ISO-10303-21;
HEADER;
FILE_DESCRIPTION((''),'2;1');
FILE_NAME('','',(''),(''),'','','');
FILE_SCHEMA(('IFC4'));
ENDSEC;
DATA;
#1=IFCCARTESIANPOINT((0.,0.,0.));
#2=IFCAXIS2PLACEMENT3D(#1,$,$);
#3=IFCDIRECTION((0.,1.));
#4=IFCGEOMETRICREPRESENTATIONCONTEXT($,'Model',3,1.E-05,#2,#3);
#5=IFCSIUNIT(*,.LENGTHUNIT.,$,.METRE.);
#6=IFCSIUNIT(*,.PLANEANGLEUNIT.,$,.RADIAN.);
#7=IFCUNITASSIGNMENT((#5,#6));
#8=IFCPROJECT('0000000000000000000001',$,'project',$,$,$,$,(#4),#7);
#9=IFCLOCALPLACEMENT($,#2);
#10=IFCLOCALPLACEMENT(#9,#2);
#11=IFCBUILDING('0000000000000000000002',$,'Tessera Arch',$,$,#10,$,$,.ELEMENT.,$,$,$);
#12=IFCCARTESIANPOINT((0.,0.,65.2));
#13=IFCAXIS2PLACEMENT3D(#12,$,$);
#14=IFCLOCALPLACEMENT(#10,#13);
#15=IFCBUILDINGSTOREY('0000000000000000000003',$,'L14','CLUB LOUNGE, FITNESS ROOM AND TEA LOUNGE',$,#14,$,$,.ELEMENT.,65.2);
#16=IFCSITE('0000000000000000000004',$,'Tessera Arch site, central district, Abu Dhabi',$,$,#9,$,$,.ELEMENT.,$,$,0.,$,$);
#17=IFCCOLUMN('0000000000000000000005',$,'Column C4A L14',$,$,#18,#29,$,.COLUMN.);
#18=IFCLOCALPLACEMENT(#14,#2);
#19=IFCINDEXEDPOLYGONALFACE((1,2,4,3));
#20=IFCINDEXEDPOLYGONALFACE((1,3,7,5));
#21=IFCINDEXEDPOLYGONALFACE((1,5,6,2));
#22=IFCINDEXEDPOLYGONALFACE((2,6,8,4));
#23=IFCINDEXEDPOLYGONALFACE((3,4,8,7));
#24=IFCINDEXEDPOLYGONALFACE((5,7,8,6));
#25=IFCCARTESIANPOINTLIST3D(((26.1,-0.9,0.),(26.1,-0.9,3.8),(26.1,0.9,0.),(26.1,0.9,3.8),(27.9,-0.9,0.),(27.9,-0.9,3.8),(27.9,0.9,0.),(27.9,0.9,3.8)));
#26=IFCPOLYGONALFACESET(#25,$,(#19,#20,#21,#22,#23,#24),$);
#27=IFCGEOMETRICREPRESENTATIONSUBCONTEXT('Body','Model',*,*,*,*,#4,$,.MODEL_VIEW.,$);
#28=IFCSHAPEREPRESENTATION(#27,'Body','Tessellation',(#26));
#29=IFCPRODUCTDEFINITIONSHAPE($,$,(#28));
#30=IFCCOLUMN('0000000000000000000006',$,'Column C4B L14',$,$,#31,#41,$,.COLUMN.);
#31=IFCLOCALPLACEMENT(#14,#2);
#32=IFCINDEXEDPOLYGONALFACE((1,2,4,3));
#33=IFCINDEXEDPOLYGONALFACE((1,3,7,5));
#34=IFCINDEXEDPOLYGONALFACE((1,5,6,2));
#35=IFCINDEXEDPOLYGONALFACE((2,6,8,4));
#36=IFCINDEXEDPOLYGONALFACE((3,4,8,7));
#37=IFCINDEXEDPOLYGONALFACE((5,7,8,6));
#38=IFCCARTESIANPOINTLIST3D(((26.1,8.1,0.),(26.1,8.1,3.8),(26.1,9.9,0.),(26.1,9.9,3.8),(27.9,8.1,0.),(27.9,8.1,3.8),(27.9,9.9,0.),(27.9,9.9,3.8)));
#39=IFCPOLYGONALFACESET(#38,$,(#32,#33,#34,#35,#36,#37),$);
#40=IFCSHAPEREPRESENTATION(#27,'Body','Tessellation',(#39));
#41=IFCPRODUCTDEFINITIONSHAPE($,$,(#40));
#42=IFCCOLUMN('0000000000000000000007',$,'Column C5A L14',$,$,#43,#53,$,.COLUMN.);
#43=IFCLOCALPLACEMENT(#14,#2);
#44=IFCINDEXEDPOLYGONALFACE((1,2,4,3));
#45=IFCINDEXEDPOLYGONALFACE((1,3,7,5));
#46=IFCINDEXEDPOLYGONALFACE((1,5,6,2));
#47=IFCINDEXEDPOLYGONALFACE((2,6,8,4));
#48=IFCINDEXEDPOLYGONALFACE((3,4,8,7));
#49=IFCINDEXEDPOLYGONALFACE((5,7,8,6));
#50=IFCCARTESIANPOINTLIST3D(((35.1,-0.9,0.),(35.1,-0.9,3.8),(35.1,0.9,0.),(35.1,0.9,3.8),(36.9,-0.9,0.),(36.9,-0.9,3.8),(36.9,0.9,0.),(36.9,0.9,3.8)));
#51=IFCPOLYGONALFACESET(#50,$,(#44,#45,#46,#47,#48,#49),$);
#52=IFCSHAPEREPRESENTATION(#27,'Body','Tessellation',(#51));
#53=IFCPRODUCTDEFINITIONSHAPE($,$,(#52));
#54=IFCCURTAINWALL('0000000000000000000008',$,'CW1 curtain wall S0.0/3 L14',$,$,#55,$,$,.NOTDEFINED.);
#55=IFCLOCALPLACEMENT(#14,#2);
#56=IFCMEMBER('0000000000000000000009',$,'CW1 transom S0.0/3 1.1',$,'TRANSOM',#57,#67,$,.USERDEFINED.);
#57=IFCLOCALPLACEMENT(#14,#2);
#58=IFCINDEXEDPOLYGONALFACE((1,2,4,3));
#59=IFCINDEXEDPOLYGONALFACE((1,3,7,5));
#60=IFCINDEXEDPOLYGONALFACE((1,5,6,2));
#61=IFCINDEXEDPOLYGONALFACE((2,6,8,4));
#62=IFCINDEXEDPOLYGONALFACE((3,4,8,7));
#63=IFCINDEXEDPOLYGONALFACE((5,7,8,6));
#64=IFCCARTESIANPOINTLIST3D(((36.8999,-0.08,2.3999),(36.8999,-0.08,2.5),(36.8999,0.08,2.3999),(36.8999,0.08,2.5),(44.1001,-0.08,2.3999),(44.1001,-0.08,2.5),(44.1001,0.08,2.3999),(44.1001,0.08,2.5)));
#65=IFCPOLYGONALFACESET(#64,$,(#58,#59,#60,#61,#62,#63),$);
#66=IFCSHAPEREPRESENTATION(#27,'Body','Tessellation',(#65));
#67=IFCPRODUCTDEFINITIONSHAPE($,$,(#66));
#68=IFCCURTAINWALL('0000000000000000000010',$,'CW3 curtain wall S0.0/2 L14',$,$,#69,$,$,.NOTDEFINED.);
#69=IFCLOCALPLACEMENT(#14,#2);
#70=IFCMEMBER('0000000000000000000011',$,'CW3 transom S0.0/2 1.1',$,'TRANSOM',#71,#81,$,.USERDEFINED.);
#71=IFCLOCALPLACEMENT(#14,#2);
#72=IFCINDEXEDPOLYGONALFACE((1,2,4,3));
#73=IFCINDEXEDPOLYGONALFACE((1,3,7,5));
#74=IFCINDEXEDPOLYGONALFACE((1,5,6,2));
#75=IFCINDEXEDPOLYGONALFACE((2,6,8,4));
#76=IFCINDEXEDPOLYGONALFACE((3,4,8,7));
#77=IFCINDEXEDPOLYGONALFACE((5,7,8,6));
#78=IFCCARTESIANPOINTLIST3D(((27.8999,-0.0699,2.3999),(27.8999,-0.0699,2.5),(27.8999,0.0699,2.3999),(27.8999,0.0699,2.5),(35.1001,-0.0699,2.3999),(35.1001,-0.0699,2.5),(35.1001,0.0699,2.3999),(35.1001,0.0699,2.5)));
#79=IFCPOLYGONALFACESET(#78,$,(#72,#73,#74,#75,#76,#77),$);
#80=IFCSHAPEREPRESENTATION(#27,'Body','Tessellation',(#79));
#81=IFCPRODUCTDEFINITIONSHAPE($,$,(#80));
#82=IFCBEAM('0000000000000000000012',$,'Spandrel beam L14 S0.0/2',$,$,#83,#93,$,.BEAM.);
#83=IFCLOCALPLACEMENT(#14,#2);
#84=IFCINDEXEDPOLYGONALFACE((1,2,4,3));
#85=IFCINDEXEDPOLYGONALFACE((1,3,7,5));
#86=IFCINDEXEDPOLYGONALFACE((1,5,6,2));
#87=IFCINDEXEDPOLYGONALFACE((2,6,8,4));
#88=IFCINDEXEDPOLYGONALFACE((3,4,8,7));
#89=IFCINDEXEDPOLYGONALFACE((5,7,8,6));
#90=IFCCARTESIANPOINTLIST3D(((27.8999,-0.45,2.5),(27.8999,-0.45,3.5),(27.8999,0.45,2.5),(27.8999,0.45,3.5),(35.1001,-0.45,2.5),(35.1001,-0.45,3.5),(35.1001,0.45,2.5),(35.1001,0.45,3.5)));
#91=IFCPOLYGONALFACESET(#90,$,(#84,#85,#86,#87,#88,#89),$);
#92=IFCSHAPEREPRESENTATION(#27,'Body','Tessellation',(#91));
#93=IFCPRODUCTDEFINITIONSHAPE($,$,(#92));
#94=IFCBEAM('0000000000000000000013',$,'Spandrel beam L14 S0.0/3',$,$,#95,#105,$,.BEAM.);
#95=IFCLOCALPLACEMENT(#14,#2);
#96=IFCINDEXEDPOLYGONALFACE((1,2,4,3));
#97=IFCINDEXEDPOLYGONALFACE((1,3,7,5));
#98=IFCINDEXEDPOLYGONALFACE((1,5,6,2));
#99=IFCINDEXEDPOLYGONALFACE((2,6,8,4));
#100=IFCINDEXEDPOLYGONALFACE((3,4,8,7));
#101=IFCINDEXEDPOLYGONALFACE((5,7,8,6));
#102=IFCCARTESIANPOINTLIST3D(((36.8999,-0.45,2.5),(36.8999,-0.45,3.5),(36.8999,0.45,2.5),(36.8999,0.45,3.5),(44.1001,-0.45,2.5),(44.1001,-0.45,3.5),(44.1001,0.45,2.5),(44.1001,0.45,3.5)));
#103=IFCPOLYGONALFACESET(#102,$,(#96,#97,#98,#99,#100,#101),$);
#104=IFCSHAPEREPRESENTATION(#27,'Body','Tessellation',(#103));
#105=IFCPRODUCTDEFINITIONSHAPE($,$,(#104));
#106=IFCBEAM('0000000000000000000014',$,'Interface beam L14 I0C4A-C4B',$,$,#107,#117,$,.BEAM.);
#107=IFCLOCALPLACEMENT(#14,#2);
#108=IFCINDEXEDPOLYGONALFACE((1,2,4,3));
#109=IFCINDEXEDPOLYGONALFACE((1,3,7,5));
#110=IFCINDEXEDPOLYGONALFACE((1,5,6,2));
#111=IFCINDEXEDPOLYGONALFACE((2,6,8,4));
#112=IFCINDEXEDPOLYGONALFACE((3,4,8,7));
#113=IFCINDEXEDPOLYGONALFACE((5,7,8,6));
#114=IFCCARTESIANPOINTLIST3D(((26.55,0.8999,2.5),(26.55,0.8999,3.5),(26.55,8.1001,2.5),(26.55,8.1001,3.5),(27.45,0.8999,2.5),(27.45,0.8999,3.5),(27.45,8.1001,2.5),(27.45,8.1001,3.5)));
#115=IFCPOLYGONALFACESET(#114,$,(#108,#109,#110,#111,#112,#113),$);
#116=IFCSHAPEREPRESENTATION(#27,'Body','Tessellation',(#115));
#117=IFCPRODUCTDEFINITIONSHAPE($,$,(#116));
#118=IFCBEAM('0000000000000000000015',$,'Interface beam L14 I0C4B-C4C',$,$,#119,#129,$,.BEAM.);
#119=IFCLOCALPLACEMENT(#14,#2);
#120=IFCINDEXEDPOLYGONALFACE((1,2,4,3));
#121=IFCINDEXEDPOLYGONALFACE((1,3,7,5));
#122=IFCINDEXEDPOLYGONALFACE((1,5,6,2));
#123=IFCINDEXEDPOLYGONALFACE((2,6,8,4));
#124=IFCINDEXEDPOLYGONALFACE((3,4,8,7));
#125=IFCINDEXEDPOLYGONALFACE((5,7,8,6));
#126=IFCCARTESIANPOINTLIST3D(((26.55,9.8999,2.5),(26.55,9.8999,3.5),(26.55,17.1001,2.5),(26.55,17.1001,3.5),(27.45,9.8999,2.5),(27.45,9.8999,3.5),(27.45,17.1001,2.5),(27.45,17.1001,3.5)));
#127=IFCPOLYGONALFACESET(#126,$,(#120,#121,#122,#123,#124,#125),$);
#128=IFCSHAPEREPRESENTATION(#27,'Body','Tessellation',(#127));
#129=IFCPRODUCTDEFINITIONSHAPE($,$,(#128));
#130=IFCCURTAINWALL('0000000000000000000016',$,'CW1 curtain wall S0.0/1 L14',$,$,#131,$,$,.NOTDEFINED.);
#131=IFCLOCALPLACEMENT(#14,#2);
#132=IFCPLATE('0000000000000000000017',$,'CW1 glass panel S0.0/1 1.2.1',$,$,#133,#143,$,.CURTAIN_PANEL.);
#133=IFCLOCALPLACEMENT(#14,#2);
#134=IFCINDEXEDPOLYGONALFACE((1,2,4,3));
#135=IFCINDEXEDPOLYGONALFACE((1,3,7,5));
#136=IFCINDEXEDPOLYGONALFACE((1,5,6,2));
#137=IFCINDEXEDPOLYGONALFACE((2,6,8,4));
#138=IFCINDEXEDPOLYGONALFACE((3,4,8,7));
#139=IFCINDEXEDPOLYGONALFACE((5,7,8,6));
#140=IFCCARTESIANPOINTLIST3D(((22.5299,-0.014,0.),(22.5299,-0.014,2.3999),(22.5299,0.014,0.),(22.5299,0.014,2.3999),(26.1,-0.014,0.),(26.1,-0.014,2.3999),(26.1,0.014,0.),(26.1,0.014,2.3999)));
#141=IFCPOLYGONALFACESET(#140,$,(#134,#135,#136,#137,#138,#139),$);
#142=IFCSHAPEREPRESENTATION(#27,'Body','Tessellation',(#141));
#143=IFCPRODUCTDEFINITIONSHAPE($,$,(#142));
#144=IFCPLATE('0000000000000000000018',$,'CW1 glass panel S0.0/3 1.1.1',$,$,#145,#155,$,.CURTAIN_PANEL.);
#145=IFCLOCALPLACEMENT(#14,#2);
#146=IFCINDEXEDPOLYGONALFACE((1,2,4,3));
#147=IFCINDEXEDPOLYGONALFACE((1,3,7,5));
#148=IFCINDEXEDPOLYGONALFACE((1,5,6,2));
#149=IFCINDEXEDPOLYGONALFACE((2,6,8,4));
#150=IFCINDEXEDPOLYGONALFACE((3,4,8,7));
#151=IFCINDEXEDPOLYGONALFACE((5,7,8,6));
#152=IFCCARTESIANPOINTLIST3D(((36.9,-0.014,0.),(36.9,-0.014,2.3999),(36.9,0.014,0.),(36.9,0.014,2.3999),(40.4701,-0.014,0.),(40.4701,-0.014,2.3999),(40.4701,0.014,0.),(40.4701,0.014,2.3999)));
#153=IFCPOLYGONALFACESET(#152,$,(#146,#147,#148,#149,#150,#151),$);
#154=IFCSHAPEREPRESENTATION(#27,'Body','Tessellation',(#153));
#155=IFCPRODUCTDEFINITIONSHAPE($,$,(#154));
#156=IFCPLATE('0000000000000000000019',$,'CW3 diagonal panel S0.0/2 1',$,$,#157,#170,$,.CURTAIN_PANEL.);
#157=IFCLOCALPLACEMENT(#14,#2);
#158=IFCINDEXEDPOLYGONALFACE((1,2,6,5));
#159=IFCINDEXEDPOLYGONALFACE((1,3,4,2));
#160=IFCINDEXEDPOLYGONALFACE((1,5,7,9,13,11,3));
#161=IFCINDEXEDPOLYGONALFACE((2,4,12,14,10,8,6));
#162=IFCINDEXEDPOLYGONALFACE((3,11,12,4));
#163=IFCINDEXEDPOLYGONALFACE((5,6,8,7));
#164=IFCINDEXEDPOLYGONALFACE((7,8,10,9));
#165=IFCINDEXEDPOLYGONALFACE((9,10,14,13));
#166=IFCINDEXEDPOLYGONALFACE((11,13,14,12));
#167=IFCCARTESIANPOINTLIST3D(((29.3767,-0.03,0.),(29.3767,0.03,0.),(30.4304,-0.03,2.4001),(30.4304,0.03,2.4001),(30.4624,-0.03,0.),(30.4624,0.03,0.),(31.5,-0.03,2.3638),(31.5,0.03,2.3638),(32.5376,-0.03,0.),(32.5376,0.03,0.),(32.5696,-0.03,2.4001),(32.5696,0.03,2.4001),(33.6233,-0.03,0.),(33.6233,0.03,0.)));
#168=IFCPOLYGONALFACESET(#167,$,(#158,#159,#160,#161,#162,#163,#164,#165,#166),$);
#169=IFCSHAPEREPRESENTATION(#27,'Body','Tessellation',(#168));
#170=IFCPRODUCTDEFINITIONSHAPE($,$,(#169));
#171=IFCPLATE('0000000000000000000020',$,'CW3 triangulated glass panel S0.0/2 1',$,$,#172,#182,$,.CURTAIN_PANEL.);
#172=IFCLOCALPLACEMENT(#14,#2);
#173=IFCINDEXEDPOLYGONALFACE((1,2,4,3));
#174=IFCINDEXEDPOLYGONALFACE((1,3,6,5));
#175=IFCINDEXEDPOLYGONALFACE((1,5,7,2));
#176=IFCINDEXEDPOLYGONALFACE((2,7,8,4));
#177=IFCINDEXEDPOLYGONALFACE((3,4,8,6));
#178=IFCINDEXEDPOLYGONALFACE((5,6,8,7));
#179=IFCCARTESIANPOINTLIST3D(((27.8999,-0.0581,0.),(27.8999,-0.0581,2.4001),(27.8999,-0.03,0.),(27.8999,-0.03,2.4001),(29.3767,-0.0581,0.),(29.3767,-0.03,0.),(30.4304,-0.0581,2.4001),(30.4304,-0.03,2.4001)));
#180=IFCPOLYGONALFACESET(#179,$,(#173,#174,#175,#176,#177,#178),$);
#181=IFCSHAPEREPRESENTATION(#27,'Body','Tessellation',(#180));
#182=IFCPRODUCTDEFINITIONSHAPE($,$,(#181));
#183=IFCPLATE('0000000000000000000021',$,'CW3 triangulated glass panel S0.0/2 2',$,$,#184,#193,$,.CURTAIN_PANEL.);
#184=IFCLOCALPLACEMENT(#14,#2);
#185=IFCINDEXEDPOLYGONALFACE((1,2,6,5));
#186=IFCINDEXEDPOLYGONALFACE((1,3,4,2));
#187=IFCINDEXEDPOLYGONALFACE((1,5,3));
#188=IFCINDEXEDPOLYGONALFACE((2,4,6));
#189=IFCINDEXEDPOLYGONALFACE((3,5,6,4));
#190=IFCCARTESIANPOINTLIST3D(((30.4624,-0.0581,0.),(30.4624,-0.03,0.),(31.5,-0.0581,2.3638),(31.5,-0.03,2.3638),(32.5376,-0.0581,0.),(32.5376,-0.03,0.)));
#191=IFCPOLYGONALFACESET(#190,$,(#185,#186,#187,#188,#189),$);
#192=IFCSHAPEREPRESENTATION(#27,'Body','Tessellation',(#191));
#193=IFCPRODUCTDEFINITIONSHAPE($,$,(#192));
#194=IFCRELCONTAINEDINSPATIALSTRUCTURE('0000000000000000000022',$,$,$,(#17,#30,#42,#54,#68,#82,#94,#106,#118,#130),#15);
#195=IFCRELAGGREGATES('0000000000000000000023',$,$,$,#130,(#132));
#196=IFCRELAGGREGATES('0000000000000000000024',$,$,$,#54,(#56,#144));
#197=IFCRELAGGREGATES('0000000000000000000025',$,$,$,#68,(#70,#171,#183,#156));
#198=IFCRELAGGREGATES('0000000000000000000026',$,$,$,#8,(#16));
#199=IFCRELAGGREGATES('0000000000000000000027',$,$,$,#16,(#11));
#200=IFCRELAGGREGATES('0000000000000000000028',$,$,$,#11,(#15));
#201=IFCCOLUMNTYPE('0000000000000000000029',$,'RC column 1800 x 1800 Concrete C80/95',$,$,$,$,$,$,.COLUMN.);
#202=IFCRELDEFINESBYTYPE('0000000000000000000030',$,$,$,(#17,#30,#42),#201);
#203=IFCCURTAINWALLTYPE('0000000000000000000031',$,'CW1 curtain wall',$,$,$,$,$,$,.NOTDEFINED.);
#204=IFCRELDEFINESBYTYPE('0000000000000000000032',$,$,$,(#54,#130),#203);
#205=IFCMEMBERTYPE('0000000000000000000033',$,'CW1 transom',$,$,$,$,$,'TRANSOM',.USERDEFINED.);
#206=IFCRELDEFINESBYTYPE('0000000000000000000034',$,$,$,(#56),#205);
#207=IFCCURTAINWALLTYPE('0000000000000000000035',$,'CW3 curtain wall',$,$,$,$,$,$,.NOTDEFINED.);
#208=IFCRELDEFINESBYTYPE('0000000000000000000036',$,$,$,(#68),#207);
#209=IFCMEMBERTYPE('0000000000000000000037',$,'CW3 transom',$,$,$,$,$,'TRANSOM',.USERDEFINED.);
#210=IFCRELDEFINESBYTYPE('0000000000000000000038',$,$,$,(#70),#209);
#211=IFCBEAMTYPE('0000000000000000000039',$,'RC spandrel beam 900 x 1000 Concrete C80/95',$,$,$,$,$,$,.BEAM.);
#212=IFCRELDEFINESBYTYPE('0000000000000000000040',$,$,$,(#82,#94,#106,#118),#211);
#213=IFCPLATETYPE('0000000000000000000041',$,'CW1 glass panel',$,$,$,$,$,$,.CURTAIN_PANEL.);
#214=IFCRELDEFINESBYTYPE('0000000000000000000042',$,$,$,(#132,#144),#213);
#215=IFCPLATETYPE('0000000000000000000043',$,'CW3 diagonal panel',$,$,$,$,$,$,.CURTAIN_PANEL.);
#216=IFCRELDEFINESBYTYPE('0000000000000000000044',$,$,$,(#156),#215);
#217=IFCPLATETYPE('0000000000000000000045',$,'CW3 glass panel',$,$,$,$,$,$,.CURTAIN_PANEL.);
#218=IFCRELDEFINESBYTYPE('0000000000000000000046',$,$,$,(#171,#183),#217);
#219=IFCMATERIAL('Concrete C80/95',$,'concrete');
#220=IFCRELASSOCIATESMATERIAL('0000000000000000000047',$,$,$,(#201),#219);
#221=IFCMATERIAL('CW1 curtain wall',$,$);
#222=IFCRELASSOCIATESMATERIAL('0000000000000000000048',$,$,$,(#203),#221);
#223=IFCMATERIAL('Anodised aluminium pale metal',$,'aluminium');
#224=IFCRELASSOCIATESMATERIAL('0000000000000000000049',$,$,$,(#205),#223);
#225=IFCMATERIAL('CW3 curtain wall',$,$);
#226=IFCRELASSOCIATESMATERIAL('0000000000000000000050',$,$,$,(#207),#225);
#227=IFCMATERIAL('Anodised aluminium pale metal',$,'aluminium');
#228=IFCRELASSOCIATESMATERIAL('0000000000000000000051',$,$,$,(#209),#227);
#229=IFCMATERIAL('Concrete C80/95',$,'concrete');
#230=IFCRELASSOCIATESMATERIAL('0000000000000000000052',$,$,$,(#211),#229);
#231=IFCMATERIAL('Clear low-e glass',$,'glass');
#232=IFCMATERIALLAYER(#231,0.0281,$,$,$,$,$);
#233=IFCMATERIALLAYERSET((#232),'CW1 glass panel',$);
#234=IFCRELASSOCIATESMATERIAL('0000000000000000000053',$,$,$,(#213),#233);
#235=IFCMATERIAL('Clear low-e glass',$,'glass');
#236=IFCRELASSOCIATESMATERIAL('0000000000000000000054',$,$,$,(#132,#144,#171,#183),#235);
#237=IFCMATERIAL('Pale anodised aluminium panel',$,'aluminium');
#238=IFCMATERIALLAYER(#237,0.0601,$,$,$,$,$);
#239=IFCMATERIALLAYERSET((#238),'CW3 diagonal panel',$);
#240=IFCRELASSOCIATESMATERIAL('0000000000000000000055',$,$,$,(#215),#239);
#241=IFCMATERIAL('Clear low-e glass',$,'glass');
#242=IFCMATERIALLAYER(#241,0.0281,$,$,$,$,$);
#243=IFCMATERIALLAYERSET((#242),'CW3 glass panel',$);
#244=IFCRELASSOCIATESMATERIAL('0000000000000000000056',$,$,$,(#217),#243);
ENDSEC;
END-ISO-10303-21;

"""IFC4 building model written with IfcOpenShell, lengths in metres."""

from ifc_helpers import new_model, si_unit, direction, frame, origin, origin_2d, place, context, subcontext, project, spatial, polyline, rectangle, outline, extrude, material, layer, layer_set, material_profile, profile_set, type_object, element, aggregate, save


model = new_model("IFC4")

# Units and contexts
model_context = context("Model", 3, precision=1e-05, world=origin(), true_north=direction((0.0, 1.0)))
body_context = subcontext(model_context, "Body", "Model", "MODEL_VIEW")
ifc_project = project(units=[si_unit("LENGTHUNIT", "METRE"), si_unit("PLANEANGLEUNIT", "RADIAN")], contexts=[model_context])

# Site, building, storey
site_placement = place(None, origin())
site = spatial("IfcSite", under=ifc_project, at=site_placement, Name="Tessera Arch site, central district, Abu Dhabi", CompositionType="ELEMENT", RefElevation=0.0)
building_placement = place(site_placement, origin())
building = spatial("IfcBuilding", under=site, at=building_placement, Name="Tessera Arch", CompositionType="ELEMENT")
storey_placement = place(building_placement, frame((0.0, 0.0, 65.2)))
storey = spatial("IfcBuildingStorey", under=building, at=storey_placement, Name="L14", Description="CLUB LOUNGE, FITNESS ROOM AND TEA LOUNGE", CompositionType="ELEMENT", Elevation=65.2)

# Columns
ifc_material_1 = material(Name="Concrete C80/95", Category="concrete")
ifc_material_profile_1 = material_profile(ifc_material_1, rectangle(XDim=1.8, YDim=1.8, at=origin_2d()), Name="RC column 1800 x 1800 Concrete C80/95")
ifc_profile_set_1 = profile_set([ifc_material_profile_1], Name="Concrete C80/95")
column_type = type_object("IfcColumnType", Name="RC column 1800 x 1800 Concrete C80/95", PredefinedType="COLUMN", material=ifc_profile_set_1)
for number, where, z_axis, x_axis, name in (
    (1, (27.0, 0.0, 0.0), (0.0, 0.0, 1.0), (1.0, 0.0, 0.0), "Column C4A L14"),
    (2, (27.0, 9.0, 0.0), (0.0, 0.0, 1.0), (1.0, 0.0, 0.0), "Column C4B L14"),
    (3, (36.0, 0.0, 0.0), (0.0, 0.0, 1.0), (1.0, 0.0, 0.0), "Column C5A L14"),
):
    element("IfcColumn", number, at=place(storey_placement, frame(where, z_axis=z_axis, x_axis=x_axis)), inside=storey, type_object=column_type, Name=name, PredefinedType="COLUMN", context=body_context, shape_type="SweptSolid", body=[
        extrude(rectangle(XDim=1.8, YDim=1.8, at=origin_2d()), origin(), (0.0, 0.0, 1.0), 3.8),
    ])

# Curtain walls, members
ifc_material_2 = material(Name="CW1 curtain wall")
curtain_wall_type_1 = type_object("IfcCurtainWallType", Name="CW1 curtain wall", PredefinedType="NOTDEFINED", material=ifc_material_2)
curtain_wall_1_placement = place(storey_placement, origin())
curtain_wall_1 = element("IfcCurtainWall", 4, at=curtain_wall_1_placement, inside=storey, type_object=curtain_wall_type_1, Name="CW1 curtain wall S0.0/3 L14", PredefinedType="NOTDEFINED")
ifc_material_3 = material(Name="Anodised aluminium pale metal", Category="aluminium")
ifc_material_profile_2 = material_profile(ifc_material_3, rectangle(XDim=0.1599, YDim=0.1001, at=origin_2d()), Name="AL 160x100")
ifc_profile_set_2 = profile_set([ifc_material_profile_2], Name="Anodised aluminium pale metal")
member_type_1 = type_object("IfcMemberType", Name="CW1 transom", ElementType="TRANSOM", PredefinedType="USERDEFINED", material=ifc_profile_set_2)
member_1_placement = place(storey_placement, frame((36.8999, 0.0, 2.45), z_axis=(1.0, 0.0, 0.0), x_axis=(0.0, 1.0, 0.0)))
member_1 = element("IfcMember", 5, at=member_1_placement, type_object=member_type_1, Name="CW1 transom S0.0/3 1.1", ObjectType="TRANSOM", PredefinedType="USERDEFINED", context=body_context, shape_type="SweptSolid", body=[
    extrude(rectangle(XDim=0.1599, YDim=0.1001, at=origin_2d()), origin(), (0.0, 0.0, 1.0), 7.2002),
])
ifc_material_4 = material(Name="CW3 curtain wall")
curtain_wall_type_2 = type_object("IfcCurtainWallType", Name="CW3 curtain wall", PredefinedType="NOTDEFINED", material=ifc_material_4)
curtain_wall_2_placement = place(storey_placement, origin())
curtain_wall_2 = element("IfcCurtainWall", 6, at=curtain_wall_2_placement, inside=storey, type_object=curtain_wall_type_2, Name="CW3 curtain wall S0.0/2 L14", PredefinedType="NOTDEFINED")
ifc_material_5 = material(Name="Anodised aluminium pale metal", Category="aluminium")
ifc_material_profile_3 = material_profile(ifc_material_5, rectangle(XDim=0.1399, YDim=0.1001, at=origin_2d()), Name="AL 140x100")
ifc_profile_set_3 = profile_set([ifc_material_profile_3], Name="Anodised aluminium pale metal")
member_type_2 = type_object("IfcMemberType", Name="CW3 transom", ElementType="TRANSOM", PredefinedType="USERDEFINED", material=ifc_profile_set_3)
member_2_placement = place(storey_placement, frame((27.8999, 0.0, 2.45), z_axis=(1.0, 0.0, 0.0), x_axis=(0.0, 1.0, 0.0)))
member_2 = element("IfcMember", 7, at=member_2_placement, type_object=member_type_2, Name="CW3 transom S0.0/2 1.1", ObjectType="TRANSOM", PredefinedType="USERDEFINED", context=body_context, shape_type="SweptSolid", body=[
    extrude(rectangle(XDim=0.1399, YDim=0.1001, at=origin_2d()), origin(), (0.0, 0.0, 1.0), 7.2002),
])

# Beams
ifc_material_6 = material(Name="Concrete C80/95", Category="concrete")
ifc_material_profile_4 = material_profile(ifc_material_6, rectangle(XDim=0.8999, YDim=1.0, at=origin_2d()), Name="RC spandrel beam 900 x 1000 Concrete C80/95")
ifc_profile_set_4 = profile_set([ifc_material_profile_4], Name="Concrete C80/95")
beam_type = type_object("IfcBeamType", Name="RC spandrel beam 900 x 1000 Concrete C80/95", PredefinedType="BEAM", material=ifc_profile_set_4)
for number, where, z_axis, x_axis, name in (
    (8, (27.8999, 0.0, 3.0), (1.0, 0.0, 0.0), (0.0, 1.0, 0.0), "Spandrel beam L14 S0.0/2"),
    (9, (36.8999, 0.0, 3.0), (1.0, 0.0, 0.0), (0.0, 1.0, 0.0), "Spandrel beam L14 S0.0/3"),
    (10, (27.0, 0.8999, 3.0), (0.0, 1.0, 0.0), (-1.0, 0.0, 0.0), "Interface beam L14 I0C4A-C4B"),
    (11, (27.0, 9.8999, 3.0), (0.0, 1.0, 0.0), (-1.0, 0.0, 0.0), "Interface beam L14 I0C4B-C4C"),
):
    element("IfcBeam", number, at=place(storey_placement, frame(where, z_axis=z_axis, x_axis=x_axis)), inside=storey, type_object=beam_type, Name=name, PredefinedType="BEAM", context=body_context, shape_type="SweptSolid", body=[
        extrude(rectangle(XDim=0.8999, YDim=1.0, at=origin_2d()), origin(), (0.0, 0.0, 1.0), 7.2002),
    ])

# Curtain wall, plate
curtain_wall_3_placement = place(storey_placement, origin())
curtain_wall_3 = element("IfcCurtainWall", 12, at=curtain_wall_3_placement, inside=storey, type_object=curtain_wall_type_1, Name="CW1 curtain wall S0.0/1 L14", PredefinedType="NOTDEFINED")
ifc_material_7 = material(Name="Clear low-e glass", Category="glass")
ifc_material_8 = material(Name="Clear low-e glass", Category="glass")
ifc_layer_1 = layer(ifc_material_8, 0.0281)
ifc_layer_set_1 = layer_set([ifc_layer_1], Name="CW1 glass panel")
plate_type_1 = type_object("IfcPlateType", Name="CW1 glass panel", PredefinedType="CURTAIN_PANEL", material=ifc_layer_set_1)
plate_1_placement = place(storey_placement, frame((24.3149, 0.0, 0.0), z_axis=(0.0, 0.0, 1.0), x_axis=(1.0, 0.0, 0.0)))
plate_1 = element("IfcPlate", 13, at=plate_1_placement, type_object=plate_type_1, material=ifc_material_7, Name="CW1 glass panel S0.0/1 1.2.1", PredefinedType="CURTAIN_PANEL", context=body_context, shape_type="SweptSolid", body=[
    extrude(rectangle(XDim=3.5701, YDim=0.0281, at=origin_2d()), origin(), (0.0, 0.0, 1.0), 2.3999),
])
aggregate(curtain_wall_3, [plate_1])

# Plates
plate_2_placement = place(storey_placement, frame((38.6851, 0.0, 0.0), z_axis=(0.0, 0.0, 1.0), x_axis=(1.0, 0.0, 0.0)))
plate_2 = element("IfcPlate", 14, at=plate_2_placement, type_object=plate_type_1, material=ifc_material_7, Name="CW1 glass panel S0.0/3 1.1.1", PredefinedType="CURTAIN_PANEL", context=body_context, shape_type="SweptSolid", body=[
    extrude(rectangle(XDim=3.5701, YDim=0.0281, at=origin_2d()), origin(), (0.0, 0.0, 1.0), 2.3999),
])
aggregate(curtain_wall_1, [member_1, plate_2])
ifc_material_9 = material(Name="Pale anodised aluminium panel", Category="aluminium")
ifc_layer_2 = layer(ifc_material_9, 0.0601)
ifc_layer_set_2 = layer_set([ifc_layer_2], Name="CW3 diagonal panel")
plate_type_2 = type_object("IfcPlateType", Name="CW3 diagonal panel", PredefinedType="CURTAIN_PANEL", material=ifc_layer_set_2)
plate_3_placement = place(storey_placement, frame((32.5696, -0.03, 2.4001), z_axis=(0.0, -1.0, 0.0), x_axis=(-1.0, 0.0, 0.0)))
plate_3 = element("IfcPlate", 15, at=plate_3_placement, type_object=plate_type_2, Name="CW3 diagonal panel S0.0/2 1", PredefinedType="CURTAIN_PANEL", context=body_context, shape_type="SweptSolid", body=[
    extrude(outline(polyline([(0.0, 0.0), (2.1392, 0.0), (3.1929, 2.4001), (2.1072, 2.4001), (1.0696, 0.0364), (0.032, 2.4001), (-1.0537, 2.4001), (0.0, 0.0)])), origin(), (0.0, 0.0, -1.0), 0.0601),
])
ifc_material_10 = material(Name="Clear low-e glass", Category="glass")
ifc_layer_3 = layer(ifc_material_10, 0.0281)
ifc_layer_set_3 = layer_set([ifc_layer_3], Name="CW3 glass panel")
plate_type_3 = type_object("IfcPlateType", Name="CW3 glass panel", PredefinedType="CURTAIN_PANEL", material=ifc_layer_set_3)
plate_4_placement = place(storey_placement, frame((27.8999, -0.0581, 0.0), z_axis=(0.0, -1.0, 0.0), x_axis=(1.0, 0.0, 0.0)))
plate_4 = element("IfcPlate", 16, at=plate_4_placement, type_object=plate_type_3, material=ifc_material_7, Name="CW3 triangulated glass panel S0.0/2 1", PredefinedType="CURTAIN_PANEL", context=body_context, shape_type="SweptSolid", body=[
    extrude(outline(polyline([(0.0, 0.0), (1.4768, 0.0), (2.5305, 2.4001), (0.0, 2.4001), (0.0, 0.0)])), origin(), (0.0, 0.0, -1.0), 0.0281),
])
plate_5_placement = place(storey_placement, frame((30.4624, -0.0581, 0.0), z_axis=(0.0, -1.0, 0.0), x_axis=(1.0, 0.0, 0.0)))
plate_5 = element("IfcPlate", 17, at=plate_5_placement, type_object=plate_type_3, material=ifc_material_7, Name="CW3 triangulated glass panel S0.0/2 2", PredefinedType="CURTAIN_PANEL", context=body_context, shape_type="SweptSolid", body=[
    extrude(outline(polyline([(0.0, 0.0), (2.0752, 0.0), (1.0376, 2.3638), (0.0, 0.0)])), origin(), (0.0, 0.0, -1.0), 0.0281),
])
aggregate(curtain_wall_2, [member_2, plate_4, plate_5, plate_3])

save(model, "model.ifc")
